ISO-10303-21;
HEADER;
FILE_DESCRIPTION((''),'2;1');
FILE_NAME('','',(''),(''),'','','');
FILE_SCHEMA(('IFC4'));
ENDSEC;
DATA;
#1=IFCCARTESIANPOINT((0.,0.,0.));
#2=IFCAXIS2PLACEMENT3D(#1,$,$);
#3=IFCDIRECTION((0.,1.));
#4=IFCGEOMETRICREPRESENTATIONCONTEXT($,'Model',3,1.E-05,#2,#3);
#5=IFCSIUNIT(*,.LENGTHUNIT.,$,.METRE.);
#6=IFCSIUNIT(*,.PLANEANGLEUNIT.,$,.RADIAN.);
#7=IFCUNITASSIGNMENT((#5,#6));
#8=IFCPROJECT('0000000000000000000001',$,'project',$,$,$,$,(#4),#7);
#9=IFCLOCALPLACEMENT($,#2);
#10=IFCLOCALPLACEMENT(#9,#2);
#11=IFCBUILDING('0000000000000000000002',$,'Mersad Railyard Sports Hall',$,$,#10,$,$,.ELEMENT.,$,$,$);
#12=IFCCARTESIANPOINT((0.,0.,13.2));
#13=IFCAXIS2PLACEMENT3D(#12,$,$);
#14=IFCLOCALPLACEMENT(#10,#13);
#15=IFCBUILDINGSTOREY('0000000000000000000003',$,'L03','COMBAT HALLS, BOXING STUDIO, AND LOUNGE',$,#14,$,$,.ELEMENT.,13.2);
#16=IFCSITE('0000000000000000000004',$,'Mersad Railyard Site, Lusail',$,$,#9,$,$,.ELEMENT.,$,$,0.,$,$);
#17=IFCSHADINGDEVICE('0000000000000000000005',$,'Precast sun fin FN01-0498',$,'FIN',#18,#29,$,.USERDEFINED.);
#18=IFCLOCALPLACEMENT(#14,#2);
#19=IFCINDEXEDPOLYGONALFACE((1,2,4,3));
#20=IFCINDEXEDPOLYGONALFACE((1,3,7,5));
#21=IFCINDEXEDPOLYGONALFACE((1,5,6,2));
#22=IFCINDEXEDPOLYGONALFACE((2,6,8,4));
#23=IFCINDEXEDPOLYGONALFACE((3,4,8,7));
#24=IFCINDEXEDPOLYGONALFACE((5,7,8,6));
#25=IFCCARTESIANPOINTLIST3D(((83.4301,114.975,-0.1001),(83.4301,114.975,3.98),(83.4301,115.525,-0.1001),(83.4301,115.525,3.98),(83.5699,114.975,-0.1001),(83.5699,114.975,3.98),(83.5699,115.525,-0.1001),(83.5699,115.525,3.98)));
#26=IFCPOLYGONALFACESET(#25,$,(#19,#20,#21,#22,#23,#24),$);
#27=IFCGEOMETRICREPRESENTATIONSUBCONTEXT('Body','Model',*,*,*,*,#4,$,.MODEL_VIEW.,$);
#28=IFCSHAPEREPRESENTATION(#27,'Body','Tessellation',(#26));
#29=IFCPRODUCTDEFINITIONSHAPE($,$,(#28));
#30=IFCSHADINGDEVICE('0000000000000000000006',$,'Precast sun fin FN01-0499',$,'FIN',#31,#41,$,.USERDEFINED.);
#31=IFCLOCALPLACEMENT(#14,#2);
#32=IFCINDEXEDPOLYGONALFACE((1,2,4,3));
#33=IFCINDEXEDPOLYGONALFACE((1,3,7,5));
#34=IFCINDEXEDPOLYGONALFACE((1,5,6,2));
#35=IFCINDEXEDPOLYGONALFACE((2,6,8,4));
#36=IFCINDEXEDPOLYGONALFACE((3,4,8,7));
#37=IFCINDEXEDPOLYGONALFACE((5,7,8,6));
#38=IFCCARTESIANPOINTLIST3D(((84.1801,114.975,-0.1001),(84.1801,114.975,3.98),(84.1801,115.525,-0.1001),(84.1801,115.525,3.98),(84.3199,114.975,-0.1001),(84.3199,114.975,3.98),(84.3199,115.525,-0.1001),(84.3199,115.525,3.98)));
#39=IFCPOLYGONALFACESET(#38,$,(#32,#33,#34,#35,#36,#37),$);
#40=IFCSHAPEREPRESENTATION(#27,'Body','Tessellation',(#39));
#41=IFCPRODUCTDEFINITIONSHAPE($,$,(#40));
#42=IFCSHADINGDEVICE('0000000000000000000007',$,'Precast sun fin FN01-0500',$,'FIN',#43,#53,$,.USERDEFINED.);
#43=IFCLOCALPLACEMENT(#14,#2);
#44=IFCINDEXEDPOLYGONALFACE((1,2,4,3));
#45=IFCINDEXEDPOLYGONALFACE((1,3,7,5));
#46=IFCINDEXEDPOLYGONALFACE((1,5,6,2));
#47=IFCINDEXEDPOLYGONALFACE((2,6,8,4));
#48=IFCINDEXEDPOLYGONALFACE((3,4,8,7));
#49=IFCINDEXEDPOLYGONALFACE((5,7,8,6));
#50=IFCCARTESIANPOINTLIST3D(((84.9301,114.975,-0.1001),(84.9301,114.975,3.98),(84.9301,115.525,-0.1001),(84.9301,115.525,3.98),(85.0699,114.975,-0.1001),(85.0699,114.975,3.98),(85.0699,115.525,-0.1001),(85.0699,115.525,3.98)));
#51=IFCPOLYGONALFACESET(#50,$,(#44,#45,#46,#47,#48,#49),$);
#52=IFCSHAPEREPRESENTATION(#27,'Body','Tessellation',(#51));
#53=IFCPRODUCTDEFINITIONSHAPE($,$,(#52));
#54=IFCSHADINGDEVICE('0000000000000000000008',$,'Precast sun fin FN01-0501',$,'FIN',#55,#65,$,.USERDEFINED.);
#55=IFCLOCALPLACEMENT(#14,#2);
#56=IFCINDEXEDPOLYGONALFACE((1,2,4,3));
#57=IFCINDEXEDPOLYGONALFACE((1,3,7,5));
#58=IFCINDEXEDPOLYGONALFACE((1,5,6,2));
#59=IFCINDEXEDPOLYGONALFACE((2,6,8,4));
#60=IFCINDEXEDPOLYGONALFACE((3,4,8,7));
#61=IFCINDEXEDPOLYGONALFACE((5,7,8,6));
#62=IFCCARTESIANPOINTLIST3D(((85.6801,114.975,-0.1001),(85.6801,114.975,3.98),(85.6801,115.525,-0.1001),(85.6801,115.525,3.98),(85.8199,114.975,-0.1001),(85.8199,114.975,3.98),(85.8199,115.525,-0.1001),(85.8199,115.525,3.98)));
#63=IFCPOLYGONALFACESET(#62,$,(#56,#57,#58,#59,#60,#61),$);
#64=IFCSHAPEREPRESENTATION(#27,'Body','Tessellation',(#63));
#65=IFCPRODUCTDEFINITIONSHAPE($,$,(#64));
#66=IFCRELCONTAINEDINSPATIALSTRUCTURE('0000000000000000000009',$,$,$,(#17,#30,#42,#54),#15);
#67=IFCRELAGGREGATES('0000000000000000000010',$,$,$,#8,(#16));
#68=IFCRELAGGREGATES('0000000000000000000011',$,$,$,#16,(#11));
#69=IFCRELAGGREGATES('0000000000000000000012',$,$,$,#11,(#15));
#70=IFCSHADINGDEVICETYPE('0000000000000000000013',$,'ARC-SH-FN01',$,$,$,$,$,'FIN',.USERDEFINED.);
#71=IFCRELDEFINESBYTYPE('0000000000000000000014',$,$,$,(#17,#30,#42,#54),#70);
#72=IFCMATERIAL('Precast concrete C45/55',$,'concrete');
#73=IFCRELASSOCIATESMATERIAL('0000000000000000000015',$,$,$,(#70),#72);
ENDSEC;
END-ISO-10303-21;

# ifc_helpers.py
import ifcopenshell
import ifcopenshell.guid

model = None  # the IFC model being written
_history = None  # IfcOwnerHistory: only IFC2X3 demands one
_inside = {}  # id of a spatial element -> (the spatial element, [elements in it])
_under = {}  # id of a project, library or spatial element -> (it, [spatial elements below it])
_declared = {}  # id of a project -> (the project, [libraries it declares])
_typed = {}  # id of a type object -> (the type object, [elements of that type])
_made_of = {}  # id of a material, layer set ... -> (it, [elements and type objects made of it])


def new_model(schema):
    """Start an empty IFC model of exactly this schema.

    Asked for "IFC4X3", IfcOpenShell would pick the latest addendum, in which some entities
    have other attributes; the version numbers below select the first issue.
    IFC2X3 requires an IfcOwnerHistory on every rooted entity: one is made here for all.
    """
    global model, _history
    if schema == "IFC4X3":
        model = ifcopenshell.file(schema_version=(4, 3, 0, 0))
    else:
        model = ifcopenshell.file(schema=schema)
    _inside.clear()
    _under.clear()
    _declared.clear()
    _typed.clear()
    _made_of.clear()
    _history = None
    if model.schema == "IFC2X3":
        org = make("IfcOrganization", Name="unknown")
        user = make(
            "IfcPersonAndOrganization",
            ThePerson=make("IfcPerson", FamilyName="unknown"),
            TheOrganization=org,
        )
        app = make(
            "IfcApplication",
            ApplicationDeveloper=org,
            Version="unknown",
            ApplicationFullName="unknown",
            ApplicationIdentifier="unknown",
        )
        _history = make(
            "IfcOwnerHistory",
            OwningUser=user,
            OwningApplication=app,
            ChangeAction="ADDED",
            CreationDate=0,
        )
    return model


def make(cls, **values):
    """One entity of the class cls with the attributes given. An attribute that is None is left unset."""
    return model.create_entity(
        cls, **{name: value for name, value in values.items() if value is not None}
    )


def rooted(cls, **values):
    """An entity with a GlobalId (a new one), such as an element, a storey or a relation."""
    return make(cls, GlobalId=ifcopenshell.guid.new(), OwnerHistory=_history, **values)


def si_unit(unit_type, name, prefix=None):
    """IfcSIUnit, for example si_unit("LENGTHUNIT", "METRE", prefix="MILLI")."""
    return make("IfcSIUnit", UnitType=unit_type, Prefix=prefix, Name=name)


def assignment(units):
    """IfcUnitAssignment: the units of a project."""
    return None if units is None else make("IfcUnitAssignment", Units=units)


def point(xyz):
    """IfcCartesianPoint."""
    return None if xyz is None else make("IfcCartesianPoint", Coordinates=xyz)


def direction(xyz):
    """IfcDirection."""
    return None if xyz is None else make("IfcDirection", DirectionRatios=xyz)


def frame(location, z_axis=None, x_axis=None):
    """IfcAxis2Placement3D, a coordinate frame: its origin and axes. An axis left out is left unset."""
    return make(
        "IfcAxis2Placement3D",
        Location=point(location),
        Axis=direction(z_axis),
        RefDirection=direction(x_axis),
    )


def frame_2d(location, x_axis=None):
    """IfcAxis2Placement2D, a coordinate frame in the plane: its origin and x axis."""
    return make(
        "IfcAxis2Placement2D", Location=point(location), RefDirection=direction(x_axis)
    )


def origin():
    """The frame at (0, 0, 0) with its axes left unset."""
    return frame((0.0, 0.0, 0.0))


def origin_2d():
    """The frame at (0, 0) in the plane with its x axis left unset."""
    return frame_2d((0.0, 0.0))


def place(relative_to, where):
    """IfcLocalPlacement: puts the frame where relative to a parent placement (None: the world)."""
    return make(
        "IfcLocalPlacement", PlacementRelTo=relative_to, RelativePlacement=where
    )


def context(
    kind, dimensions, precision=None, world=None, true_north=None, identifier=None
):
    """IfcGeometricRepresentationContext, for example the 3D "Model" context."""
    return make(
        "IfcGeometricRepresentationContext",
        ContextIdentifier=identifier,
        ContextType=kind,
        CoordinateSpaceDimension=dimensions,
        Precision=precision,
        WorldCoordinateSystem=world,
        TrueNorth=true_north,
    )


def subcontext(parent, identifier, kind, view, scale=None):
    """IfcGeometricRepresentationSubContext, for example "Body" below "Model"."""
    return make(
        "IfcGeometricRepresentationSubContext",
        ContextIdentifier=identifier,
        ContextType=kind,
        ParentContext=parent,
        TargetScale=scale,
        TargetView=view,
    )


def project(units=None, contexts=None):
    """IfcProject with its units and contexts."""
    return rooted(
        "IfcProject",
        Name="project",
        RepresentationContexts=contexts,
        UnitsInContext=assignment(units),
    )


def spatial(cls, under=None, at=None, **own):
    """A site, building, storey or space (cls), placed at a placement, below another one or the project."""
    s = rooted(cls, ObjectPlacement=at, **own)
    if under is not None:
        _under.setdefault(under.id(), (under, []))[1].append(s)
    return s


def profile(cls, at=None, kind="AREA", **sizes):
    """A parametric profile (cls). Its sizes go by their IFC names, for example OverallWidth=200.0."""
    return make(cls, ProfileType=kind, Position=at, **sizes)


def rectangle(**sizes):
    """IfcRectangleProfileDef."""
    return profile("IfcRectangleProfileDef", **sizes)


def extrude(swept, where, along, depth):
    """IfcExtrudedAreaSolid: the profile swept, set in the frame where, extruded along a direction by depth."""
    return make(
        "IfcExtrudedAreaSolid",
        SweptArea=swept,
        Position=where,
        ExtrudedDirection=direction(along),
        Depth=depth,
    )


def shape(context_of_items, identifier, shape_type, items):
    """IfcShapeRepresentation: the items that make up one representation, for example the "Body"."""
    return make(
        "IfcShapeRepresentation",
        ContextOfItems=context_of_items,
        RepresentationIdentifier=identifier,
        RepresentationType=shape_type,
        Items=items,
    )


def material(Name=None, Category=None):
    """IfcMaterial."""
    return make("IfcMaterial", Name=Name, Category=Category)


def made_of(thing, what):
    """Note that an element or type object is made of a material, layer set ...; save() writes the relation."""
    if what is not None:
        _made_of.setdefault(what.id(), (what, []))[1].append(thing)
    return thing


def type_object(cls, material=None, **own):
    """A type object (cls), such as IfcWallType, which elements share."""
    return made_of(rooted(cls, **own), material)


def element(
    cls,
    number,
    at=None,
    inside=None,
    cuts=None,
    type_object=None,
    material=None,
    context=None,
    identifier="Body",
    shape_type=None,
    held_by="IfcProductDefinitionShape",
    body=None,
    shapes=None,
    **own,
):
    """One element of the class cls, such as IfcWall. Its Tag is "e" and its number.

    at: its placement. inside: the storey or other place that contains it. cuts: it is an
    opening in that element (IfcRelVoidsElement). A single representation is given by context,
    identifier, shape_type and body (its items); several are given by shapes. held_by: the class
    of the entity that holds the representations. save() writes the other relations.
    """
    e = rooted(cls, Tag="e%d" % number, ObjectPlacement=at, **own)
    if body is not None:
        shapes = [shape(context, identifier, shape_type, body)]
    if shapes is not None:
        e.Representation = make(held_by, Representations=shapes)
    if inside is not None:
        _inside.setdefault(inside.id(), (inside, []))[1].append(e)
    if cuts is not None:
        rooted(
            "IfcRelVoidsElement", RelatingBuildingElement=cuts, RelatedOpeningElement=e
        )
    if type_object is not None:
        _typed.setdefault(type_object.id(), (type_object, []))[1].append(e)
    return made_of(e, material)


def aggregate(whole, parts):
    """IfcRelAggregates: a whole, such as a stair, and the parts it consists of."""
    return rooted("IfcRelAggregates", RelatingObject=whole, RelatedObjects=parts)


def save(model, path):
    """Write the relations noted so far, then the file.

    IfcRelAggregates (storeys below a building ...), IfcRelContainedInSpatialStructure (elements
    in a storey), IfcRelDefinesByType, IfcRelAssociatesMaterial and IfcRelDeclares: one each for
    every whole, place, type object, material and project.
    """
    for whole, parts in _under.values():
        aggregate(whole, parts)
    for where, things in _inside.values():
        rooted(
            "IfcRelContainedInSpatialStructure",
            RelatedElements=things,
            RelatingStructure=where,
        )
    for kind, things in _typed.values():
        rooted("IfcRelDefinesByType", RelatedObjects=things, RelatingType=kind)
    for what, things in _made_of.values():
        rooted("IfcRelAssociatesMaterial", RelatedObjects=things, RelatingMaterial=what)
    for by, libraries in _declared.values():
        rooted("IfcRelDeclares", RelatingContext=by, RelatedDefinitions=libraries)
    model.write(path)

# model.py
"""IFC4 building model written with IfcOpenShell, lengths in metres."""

from ifc_helpers import new_model, si_unit, direction, frame, origin, origin_2d, place, context, subcontext, project, spatial, rectangle, extrude, material, type_object, element, save


model = new_model("IFC4")

# Units and contexts
model_context = context("Model", 3, precision=1e-05, world=origin(), true_north=direction((0.0, 1.0)))
body_context = subcontext(model_context, "Body", "Model", "MODEL_VIEW")
ifc_project = project(units=[si_unit("LENGTHUNIT", "METRE"), si_unit("PLANEANGLEUNIT", "RADIAN")], contexts=[model_context])

# Site, building, storey
site_placement = place(None, origin())
site = spatial("IfcSite", under=ifc_project, at=site_placement, Name="Mersad Railyard Site, Lusail", CompositionType="ELEMENT", RefElevation=0.0)
building_placement = place(site_placement, origin())
building = spatial("IfcBuilding", under=site, at=building_placement, Name="Mersad Railyard Sports Hall", CompositionType="ELEMENT")
storey_placement = place(building_placement, frame((0.0, 0.0, 13.2)))
storey = spatial("IfcBuildingStorey", under=building, at=storey_placement, Name="L03", Description="COMBAT HALLS, BOXING STUDIO, AND LOUNGE", CompositionType="ELEMENT", Elevation=13.2)

# Shading devices
ifc_material_1 = material(Name="Precast concrete C45/55", Category="concrete")
shading_device_type = type_object("IfcShadingDeviceType", Name="ARC-SH-FN01", ElementType="FIN", PredefinedType="USERDEFINED", material=ifc_material_1)
for number, where, z_axis, x_axis, name in (
    (1, (83.5, 115.25, -0.1001), (0.0, 0.0, 1.0), (1.0, 0.0, 0.0), "Precast sun fin FN01-0498"),
    (2, (84.25, 115.25, -0.1001), (0.0, 0.0, 1.0), (1.0, 0.0, 0.0), "Precast sun fin FN01-0499"),
    (3, (85.0, 115.25, -0.1001), (0.0, 0.0, 1.0), (1.0, 0.0, 0.0), "Precast sun fin FN01-0500"),
    (4, (85.75, 115.25, -0.1001), (0.0, 0.0, 1.0), (1.0, 0.0, 0.0), "Precast sun fin FN01-0501"),
):
    element("IfcShadingDevice", number, at=place(storey_placement, frame(where, z_axis=z_axis, x_axis=x_axis)), inside=storey, type_object=shading_device_type, Name=name, ObjectType="FIN", PredefinedType="USERDEFINED", context=body_context, shape_type="SweptSolid", body=[
        extrude(rectangle(XDim=0.1399, YDim=0.55, at=origin_2d()), origin(), (0.0, 0.0, 1.0), 4.0801),
    ])

save(model, "model.ifc")
